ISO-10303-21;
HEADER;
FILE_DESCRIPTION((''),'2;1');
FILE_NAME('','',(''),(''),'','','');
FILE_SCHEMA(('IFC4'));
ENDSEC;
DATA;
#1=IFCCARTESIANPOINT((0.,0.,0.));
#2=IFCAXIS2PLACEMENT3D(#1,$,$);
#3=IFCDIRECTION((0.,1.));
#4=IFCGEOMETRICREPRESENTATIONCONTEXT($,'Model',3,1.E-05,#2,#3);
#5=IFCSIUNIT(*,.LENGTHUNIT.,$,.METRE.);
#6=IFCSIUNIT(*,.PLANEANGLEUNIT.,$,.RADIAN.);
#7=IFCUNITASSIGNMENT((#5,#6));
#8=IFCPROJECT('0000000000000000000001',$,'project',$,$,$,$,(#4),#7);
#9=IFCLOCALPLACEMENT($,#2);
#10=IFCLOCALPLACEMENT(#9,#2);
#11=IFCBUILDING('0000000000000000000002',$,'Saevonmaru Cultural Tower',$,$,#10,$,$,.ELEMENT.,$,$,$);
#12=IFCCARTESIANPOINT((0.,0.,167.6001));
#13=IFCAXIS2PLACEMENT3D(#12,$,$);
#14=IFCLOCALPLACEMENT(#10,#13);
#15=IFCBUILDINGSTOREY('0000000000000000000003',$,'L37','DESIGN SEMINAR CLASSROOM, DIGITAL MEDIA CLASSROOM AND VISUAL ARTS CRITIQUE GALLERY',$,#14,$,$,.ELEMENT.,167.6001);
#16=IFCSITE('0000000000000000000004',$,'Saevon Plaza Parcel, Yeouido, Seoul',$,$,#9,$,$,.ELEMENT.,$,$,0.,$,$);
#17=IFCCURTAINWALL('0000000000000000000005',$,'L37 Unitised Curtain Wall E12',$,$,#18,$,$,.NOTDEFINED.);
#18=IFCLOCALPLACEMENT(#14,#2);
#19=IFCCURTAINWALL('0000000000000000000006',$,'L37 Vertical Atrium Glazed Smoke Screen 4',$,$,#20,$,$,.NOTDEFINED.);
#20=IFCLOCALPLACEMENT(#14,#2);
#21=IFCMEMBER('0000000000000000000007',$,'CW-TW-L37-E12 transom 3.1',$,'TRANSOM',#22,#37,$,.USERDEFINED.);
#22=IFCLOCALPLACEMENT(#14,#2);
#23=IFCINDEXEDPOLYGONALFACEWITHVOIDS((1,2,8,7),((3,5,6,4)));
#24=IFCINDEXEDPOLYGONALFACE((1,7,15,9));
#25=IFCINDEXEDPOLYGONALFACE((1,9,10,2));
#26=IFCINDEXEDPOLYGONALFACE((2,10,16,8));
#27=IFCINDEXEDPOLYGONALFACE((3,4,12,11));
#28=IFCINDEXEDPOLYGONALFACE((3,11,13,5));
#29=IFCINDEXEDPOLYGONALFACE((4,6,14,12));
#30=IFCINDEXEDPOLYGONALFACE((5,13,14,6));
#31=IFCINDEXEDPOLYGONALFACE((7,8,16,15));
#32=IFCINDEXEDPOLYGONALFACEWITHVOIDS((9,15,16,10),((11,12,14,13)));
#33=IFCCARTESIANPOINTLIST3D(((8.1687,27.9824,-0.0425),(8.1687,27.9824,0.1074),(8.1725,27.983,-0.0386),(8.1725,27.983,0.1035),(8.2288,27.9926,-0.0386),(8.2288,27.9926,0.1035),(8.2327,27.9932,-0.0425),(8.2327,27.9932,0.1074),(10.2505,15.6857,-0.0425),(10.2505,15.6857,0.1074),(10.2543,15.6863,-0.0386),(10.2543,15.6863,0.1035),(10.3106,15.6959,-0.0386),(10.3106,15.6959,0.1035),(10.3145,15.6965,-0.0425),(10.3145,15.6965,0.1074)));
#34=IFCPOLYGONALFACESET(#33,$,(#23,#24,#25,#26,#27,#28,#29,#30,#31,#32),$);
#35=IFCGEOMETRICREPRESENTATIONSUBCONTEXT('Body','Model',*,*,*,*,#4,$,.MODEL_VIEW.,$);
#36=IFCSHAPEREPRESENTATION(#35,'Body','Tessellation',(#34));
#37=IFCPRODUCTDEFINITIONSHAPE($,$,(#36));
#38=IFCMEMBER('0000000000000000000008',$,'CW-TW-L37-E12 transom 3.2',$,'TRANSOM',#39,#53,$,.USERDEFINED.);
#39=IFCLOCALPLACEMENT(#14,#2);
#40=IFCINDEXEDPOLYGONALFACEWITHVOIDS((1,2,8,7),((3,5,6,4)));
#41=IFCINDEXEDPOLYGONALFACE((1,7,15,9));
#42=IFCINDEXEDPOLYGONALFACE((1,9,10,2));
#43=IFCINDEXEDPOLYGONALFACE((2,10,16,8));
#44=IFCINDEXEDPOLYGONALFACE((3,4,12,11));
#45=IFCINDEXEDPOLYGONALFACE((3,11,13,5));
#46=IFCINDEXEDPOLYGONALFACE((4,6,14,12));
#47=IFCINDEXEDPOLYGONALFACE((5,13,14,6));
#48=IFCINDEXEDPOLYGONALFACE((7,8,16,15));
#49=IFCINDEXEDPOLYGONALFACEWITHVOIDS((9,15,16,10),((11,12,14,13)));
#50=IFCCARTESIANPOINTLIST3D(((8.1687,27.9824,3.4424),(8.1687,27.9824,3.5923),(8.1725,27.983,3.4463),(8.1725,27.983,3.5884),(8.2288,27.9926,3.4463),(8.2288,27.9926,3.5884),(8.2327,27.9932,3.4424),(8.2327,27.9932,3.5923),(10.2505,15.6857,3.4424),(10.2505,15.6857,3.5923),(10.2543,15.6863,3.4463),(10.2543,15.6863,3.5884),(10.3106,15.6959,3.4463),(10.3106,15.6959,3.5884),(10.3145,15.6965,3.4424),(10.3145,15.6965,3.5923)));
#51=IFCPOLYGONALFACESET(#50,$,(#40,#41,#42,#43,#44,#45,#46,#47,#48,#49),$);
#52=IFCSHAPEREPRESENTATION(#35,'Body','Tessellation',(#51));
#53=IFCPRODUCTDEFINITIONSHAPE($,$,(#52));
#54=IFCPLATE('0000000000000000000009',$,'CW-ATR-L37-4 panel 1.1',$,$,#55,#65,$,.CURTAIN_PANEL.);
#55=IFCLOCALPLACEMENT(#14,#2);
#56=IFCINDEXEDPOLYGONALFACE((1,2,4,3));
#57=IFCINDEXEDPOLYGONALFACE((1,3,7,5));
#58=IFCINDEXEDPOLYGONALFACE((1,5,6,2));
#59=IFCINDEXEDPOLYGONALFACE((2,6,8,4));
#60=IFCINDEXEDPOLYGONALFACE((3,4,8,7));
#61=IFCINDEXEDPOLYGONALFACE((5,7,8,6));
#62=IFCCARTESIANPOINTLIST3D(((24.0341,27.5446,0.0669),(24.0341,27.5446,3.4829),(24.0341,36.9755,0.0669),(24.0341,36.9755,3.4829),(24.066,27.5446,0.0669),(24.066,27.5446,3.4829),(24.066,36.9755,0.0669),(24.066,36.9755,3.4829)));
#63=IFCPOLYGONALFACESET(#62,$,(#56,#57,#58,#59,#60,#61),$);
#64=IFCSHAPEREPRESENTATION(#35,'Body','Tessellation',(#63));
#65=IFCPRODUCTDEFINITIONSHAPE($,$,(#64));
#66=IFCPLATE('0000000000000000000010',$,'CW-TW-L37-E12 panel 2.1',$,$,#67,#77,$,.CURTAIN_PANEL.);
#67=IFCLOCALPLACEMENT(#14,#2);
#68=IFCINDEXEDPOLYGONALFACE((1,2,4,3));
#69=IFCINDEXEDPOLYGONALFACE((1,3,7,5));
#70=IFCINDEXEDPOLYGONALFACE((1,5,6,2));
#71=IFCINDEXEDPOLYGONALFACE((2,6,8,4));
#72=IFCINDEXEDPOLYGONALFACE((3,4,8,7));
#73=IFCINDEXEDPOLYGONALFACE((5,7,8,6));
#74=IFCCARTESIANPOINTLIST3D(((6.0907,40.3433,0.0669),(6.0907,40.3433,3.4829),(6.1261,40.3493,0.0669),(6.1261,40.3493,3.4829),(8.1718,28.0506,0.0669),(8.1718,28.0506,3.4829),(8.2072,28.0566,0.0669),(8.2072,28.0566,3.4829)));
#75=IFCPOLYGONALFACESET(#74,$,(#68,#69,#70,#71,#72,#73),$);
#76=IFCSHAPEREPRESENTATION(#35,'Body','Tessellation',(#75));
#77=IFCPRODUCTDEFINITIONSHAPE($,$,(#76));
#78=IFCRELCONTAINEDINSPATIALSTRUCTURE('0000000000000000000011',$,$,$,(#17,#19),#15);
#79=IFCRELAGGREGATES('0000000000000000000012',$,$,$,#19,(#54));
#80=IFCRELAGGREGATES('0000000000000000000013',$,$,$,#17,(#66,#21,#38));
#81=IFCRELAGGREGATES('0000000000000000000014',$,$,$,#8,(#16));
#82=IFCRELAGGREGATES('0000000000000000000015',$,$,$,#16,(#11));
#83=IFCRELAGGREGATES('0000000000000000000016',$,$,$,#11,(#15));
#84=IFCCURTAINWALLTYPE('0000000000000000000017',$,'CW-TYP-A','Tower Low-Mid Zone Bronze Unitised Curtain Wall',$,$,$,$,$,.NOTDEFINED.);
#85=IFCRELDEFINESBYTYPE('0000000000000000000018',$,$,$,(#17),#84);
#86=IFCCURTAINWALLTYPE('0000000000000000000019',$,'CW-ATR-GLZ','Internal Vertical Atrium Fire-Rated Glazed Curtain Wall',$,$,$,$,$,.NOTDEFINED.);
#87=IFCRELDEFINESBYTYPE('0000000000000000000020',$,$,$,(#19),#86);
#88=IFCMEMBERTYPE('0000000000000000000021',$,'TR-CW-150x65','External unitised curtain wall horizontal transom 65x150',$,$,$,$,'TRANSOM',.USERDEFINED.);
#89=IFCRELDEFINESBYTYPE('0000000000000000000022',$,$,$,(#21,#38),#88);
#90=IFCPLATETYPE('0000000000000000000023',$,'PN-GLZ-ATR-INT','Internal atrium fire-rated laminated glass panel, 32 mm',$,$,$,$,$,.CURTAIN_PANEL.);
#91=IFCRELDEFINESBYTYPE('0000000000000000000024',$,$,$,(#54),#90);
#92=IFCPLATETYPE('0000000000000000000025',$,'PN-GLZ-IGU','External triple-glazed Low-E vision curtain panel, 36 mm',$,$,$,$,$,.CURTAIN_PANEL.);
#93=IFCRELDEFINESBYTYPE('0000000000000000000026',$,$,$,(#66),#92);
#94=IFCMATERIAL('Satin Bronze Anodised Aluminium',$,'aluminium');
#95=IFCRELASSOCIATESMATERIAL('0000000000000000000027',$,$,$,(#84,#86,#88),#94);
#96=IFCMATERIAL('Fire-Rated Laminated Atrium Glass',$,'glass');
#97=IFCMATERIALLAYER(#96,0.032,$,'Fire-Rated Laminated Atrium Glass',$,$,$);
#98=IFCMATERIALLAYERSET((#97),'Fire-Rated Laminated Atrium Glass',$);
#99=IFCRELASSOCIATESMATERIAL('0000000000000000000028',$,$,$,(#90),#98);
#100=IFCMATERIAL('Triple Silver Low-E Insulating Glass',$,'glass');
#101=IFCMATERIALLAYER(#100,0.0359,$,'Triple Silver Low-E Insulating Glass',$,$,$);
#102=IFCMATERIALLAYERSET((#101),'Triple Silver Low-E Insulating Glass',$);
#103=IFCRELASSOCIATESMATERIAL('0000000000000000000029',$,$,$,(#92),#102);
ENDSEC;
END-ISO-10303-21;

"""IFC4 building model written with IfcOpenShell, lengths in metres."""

from ifc_helpers import new_model, si_unit, direction, frame, origin, origin_2d, place, context, subcontext, project, spatial, rectangle, hollow_rectangle, extrude, material, layer, layer_set, material_profile, profile_set, type_object, element, aggregate, save


model = new_model("IFC4")

# Units and contexts
model_context = context("Model", 3, precision=1e-05, world=origin(), true_north=direction((0.0, 1.0)))
body_context = subcontext(model_context, "Body", "Model", "MODEL_VIEW")
ifc_project = project(units=[si_unit("LENGTHUNIT", "METRE"), si_unit("PLANEANGLEUNIT", "RADIAN")], contexts=[model_context])

# Site, building, storey
site_placement = place(None, origin())
site = spatial("IfcSite", under=ifc_project, at=site_placement, Name="Saevon Plaza Parcel, Yeouido, Seoul", CompositionType="ELEMENT", RefElevation=0.0)
building_placement = place(site_placement, origin())
building = spatial("IfcBuilding", under=site, at=building_placement, Name="Saevonmaru Cultural Tower", CompositionType="ELEMENT")
storey_placement = place(building_placement, frame((0.0, 0.0, 167.6001)))
storey = spatial("IfcBuildingStorey", under=building, at=storey_placement, Name="L37", Description="DESIGN SEMINAR CLASSROOM, DIGITAL MEDIA CLASSROOM AND VISUAL ARTS CRITIQUE GALLERY", CompositionType="ELEMENT", Elevation=167.6001)

# Curtain walls
ifc_material_1 = material(Name="Satin Bronze Anodised Aluminium", Category="aluminium")
curtain_wall_type_1 = type_object("IfcCurtainWallType", Name="CW-TYP-A", Description="Tower Low-Mid Zone Bronze Unitised Curtain Wall", PredefinedType="NOTDEFINED", material=ifc_material_1)
curtain_wall_1_placement = place(storey_placement, origin())
curtain_wall_1 = element("IfcCurtainWall", 1, at=curtain_wall_1_placement, inside=storey, type_object=curtain_wall_type_1, Name="L37 Unitised Curtain Wall E12", PredefinedType="NOTDEFINED")
curtain_wall_type_2 = type_object("IfcCurtainWallType", Name="CW-ATR-GLZ", Description="Internal Vertical Atrium Fire-Rated Glazed Curtain Wall", PredefinedType="NOTDEFINED", material=ifc_material_1)
curtain_wall_2_placement = place(storey_placement, origin())
curtain_wall_2 = element("IfcCurtainWall", 2, at=curtain_wall_2_placement, inside=storey, type_object=curtain_wall_type_2, Name="L37 Vertical Atrium Glazed Smoke Screen 4", PredefinedType="NOTDEFINED")

# Members
ifc_material_profile_1 = material_profile(ifc_material_1, hollow_rectangle(XDim=0.0649, YDim=0.1499, WallThickness=0.0039, at=origin_2d()), Name="ALU-TRAN-150x65x4")
ifc_profile_set_1 = profile_set([ifc_material_profile_1], Name="Satin Bronze Anodised Aluminium")
member_type_1 = type_object("IfcMemberType", Name="TR-CW-150x65", Description="External unitised curtain wall horizontal transom 65x150", ElementType="TRANSOM", PredefinedType="USERDEFINED", material=ifc_profile_set_1)
member_1_placement = place(storey_placement, frame((8.2007, 27.9878, 0.0325), z_axis=(0.166922, -0.98597, 0.0), x_axis=(0.98597, 0.166922, 0.0)))
member_1 = element("IfcMember", 3, at=member_1_placement, type_object=member_type_1, Name="CW-TW-L37-E12 transom 3.1", ObjectType="TRANSOM", PredefinedType="USERDEFINED", context=body_context, shape_type="SweptSolid", body=[
    extrude(hollow_rectangle(XDim=0.0649, YDim=0.1499, WallThickness=0.0039, at=origin_2d()), origin(), (0.0, 0.0, 1.0), 12.4717),
])
member_2_placement = place(storey_placement, frame((8.2007, 27.9878, 3.5173), z_axis=(0.166922, -0.98597, 0.0), x_axis=(0.98597, 0.166922, 0.0)))
member_2 = element("IfcMember", 4, at=member_2_placement, type_object=member_type_1, Name="CW-TW-L37-E12 transom 3.2", ObjectType="TRANSOM", PredefinedType="USERDEFINED", context=body_context, shape_type="SweptSolid", body=[
    extrude(hollow_rectangle(XDim=0.0649, YDim=0.1499, WallThickness=0.0039, at=origin_2d()), origin(), (0.0, 0.0, 1.0), 12.4717),
])

# Plates
ifc_material_2 = material(Name="Fire-Rated Laminated Atrium Glass", Category="glass")
ifc_layer_1 = layer(ifc_material_2, 0.032, Name="Fire-Rated Laminated Atrium Glass")
ifc_layer_set_1 = layer_set([ifc_layer_1], Name="Fire-Rated Laminated Atrium Glass")
plate_type_1 = type_object("IfcPlateType", Name="PN-GLZ-ATR-INT", Description="Internal atrium fire-rated laminated glass panel, 32 mm", PredefinedType="CURTAIN_PANEL", material=ifc_layer_set_1)
plate_1_placement = place(storey_placement, frame((24.05, 32.26, 0.0669), z_axis=(0.0, 0.0, 1.0), x_axis=(0.0, -1.0, 0.0)))
plate_1 = element("IfcPlate", 5, at=plate_1_placement, type_object=plate_type_1, Name="CW-ATR-L37-4 panel 1.1", PredefinedType="CURTAIN_PANEL", context=body_context, shape_type="SweptSolid", body=[
    extrude(rectangle(XDim=9.4309, YDim=0.032, at=origin_2d()), origin(), (0.0, 0.0, 1.0), 3.416),
])
aggregate(curtain_wall_2, [plate_1])
ifc_material_3 = material(Name="Triple Silver Low-E Insulating Glass", Category="glass")
ifc_layer_2 = layer(ifc_material_3, 0.0359, Name="Triple Silver Low-E Insulating Glass")
ifc_layer_set_2 = layer_set([ifc_layer_2], Name="Triple Silver Low-E Insulating Glass")
plate_type_2 = type_object("IfcPlateType", Name="PN-GLZ-IGU", Description="External triple-glazed Low-E vision curtain panel, 36 mm", PredefinedType="CURTAIN_PANEL", material=ifc_layer_set_2)
plate_2_placement = place(storey_placement, frame((7.1489, 34.2, 0.0669), z_axis=(0.0, 0.0, 1.0), x_axis=(0.166922, -0.98597, 0.0)))
plate_2 = element("IfcPlate", 6, at=plate_2_placement, type_object=plate_type_2, Name="CW-TW-L37-E12 panel 2.1", PredefinedType="CURTAIN_PANEL", context=body_context, shape_type="SweptSolid", body=[
    extrude(rectangle(XDim=12.4675, YDim=0.0359, at=origin_2d()), origin(), (0.0, 0.0, 1.0), 3.416),
])
aggregate(curtain_wall_1, [plate_2, member_1, member_2])

save(model, "model.ifc")
